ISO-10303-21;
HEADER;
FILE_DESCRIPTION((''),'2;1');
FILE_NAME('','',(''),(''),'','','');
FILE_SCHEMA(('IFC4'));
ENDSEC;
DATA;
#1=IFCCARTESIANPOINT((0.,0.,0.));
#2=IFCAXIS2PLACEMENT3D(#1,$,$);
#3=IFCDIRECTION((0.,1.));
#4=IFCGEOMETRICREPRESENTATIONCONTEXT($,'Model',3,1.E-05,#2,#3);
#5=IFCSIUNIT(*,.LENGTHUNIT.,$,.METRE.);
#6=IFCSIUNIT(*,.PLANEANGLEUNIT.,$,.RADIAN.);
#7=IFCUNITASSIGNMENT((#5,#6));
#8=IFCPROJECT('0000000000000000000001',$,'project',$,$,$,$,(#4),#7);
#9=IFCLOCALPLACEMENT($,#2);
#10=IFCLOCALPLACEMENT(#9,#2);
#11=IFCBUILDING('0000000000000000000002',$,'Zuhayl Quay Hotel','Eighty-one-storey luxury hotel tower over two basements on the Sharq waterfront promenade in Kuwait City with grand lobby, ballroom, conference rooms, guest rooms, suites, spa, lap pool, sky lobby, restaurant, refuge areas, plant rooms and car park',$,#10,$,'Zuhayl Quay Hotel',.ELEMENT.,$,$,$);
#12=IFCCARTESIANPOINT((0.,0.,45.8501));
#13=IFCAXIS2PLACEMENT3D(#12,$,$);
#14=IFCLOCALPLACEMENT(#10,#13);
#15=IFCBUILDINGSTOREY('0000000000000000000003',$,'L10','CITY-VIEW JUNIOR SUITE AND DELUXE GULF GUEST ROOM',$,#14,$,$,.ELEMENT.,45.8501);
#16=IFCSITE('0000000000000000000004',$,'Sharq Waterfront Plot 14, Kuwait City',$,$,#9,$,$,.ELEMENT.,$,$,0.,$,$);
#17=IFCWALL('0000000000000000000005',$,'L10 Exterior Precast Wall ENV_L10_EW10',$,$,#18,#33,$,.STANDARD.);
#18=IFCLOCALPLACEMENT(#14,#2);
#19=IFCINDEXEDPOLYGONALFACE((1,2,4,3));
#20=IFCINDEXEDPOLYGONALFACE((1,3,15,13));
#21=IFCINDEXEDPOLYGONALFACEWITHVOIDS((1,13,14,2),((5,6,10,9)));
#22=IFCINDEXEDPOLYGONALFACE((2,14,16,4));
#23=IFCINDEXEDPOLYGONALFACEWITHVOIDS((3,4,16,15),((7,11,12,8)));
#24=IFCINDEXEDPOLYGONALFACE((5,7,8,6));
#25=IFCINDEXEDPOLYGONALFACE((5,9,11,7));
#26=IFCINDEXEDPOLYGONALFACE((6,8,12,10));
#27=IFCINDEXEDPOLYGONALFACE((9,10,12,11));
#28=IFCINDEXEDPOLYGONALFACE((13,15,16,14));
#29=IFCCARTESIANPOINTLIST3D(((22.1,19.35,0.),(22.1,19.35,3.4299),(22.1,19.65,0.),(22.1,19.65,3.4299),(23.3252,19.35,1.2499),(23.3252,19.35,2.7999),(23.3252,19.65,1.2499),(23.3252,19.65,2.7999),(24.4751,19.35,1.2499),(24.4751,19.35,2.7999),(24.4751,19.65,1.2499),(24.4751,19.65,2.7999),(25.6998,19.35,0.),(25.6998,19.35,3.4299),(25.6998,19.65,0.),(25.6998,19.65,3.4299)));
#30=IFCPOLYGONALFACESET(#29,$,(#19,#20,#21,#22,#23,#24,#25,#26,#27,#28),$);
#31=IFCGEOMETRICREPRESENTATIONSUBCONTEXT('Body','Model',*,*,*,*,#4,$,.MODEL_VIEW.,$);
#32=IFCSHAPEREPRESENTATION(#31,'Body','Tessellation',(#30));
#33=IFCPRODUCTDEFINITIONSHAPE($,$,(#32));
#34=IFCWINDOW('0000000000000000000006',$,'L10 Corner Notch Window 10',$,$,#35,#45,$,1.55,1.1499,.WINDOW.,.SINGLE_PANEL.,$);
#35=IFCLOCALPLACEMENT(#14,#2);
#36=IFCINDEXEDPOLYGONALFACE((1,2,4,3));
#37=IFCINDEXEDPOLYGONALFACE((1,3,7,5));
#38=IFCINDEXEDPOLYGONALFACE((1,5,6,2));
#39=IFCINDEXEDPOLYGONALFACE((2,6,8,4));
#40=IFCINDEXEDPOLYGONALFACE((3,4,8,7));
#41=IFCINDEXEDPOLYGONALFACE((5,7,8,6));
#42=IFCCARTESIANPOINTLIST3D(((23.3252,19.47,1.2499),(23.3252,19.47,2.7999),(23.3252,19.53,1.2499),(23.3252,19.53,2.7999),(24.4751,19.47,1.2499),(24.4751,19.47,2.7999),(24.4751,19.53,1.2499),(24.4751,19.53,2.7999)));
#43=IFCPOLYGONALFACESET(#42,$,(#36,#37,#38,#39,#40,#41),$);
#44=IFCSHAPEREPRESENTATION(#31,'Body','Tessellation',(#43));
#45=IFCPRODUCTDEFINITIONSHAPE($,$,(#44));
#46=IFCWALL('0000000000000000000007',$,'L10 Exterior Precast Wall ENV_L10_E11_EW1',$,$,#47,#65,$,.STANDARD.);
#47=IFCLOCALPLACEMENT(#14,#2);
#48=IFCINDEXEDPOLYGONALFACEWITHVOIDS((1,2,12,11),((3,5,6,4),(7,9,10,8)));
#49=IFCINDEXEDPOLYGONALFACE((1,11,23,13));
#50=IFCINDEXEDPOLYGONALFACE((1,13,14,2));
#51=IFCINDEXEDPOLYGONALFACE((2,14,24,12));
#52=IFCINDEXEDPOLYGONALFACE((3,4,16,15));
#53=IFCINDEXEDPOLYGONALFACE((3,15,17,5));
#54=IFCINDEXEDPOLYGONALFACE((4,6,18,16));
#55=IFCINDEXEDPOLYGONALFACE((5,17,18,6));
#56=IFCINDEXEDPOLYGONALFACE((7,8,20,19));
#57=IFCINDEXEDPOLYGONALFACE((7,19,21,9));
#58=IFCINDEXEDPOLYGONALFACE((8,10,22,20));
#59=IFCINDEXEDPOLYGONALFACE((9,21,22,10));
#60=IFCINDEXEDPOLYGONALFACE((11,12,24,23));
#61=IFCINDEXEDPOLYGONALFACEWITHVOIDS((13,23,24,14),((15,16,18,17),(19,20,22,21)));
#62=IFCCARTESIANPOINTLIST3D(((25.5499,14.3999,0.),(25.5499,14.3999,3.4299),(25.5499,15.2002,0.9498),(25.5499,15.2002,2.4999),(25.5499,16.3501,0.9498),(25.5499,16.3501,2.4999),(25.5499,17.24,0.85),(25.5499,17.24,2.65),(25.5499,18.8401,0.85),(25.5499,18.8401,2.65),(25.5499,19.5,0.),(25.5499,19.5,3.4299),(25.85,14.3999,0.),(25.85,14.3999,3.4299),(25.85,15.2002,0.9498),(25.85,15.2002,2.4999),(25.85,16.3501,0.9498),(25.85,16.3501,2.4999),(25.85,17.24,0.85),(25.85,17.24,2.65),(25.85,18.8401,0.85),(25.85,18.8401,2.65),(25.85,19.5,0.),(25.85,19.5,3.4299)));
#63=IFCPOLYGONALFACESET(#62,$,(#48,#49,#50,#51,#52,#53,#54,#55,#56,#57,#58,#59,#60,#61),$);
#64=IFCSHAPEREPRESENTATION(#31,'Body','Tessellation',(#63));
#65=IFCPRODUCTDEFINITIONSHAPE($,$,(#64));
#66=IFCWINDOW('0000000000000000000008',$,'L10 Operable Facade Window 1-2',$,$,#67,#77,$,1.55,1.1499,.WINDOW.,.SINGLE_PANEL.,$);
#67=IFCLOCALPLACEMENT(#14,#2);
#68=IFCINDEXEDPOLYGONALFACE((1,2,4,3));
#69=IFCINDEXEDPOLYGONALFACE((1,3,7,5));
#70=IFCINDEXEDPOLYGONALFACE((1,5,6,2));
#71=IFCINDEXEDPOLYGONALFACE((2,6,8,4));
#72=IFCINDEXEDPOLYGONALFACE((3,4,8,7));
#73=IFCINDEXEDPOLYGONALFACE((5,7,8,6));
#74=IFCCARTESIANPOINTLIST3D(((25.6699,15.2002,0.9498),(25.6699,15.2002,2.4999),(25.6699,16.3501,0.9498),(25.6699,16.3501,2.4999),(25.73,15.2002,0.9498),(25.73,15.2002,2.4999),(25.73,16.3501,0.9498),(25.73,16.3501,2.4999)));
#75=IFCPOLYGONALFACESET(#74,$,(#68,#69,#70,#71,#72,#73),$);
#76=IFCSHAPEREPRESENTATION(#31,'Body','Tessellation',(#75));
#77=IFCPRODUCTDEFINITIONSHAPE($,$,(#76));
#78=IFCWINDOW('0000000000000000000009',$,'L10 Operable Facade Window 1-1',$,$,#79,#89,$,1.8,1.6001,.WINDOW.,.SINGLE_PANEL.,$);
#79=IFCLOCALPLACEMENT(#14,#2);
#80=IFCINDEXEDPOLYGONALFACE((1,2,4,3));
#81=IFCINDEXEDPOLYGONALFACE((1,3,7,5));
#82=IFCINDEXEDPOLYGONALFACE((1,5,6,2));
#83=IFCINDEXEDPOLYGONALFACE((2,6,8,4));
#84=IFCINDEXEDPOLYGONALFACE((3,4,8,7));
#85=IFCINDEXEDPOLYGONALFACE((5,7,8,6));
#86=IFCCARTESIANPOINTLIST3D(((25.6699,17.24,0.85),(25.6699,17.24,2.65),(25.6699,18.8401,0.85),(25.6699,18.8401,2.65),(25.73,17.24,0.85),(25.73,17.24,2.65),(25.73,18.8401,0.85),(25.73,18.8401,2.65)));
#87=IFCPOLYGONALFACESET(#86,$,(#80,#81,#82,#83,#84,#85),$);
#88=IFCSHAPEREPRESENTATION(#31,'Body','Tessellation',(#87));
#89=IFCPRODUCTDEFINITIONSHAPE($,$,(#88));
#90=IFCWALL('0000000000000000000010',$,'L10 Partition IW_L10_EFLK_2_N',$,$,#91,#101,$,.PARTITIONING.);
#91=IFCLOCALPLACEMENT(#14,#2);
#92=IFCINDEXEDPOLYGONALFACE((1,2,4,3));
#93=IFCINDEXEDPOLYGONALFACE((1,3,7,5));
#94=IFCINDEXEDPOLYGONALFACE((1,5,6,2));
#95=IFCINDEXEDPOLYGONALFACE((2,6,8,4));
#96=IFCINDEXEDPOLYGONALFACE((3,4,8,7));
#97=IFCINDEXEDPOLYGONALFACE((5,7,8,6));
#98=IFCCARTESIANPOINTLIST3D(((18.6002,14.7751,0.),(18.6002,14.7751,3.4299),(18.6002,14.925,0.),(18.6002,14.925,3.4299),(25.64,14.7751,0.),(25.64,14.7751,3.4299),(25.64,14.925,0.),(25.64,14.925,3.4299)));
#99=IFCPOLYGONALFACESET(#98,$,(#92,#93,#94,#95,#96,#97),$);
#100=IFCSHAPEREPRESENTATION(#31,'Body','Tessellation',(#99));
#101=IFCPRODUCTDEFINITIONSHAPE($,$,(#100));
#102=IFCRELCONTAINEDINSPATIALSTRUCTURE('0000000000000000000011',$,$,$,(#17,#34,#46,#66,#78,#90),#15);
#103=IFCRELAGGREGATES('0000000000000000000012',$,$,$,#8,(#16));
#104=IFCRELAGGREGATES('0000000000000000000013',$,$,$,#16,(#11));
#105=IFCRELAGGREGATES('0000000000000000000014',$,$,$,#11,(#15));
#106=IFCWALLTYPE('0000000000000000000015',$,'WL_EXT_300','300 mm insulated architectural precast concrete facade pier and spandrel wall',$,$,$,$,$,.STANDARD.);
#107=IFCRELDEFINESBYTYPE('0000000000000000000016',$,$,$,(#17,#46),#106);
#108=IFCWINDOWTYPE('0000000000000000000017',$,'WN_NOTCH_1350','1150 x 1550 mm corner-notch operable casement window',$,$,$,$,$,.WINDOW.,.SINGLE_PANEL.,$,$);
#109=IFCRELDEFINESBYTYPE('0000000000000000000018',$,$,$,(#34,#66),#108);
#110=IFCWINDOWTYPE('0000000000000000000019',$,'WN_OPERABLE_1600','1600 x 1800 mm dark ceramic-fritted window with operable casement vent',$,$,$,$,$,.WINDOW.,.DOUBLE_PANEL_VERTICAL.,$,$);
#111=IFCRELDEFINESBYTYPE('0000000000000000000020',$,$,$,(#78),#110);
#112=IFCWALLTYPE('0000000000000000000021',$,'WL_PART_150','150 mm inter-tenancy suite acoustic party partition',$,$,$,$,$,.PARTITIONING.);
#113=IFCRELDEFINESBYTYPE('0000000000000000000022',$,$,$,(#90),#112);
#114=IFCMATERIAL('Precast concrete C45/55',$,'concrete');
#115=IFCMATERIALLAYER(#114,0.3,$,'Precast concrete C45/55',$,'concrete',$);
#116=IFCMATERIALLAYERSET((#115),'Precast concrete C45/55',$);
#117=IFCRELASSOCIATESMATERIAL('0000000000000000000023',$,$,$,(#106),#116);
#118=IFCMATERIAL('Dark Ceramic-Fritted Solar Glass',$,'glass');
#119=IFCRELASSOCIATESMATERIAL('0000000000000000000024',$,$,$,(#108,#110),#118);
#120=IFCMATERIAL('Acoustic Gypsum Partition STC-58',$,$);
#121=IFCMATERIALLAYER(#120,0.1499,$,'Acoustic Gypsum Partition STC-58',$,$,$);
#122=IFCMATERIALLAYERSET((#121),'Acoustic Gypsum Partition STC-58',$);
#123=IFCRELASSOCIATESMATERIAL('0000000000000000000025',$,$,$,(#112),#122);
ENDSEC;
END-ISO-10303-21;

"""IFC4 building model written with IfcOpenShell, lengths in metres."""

from ifc_helpers import new_model, si_unit, direction, frame, frame_2d, origin, place, context, subcontext, project, spatial, rectangle, extrude, material, layer, layer_set, type_object, element, fill, save


model = new_model("IFC4")

# Units and contexts
model_context = context("Model", 3, precision=1e-05, world=origin(), true_north=direction((0.0, 1.0)))
body_context = subcontext(model_context, "Body", "Model", "MODEL_VIEW")
ifc_project = project(units=[si_unit("LENGTHUNIT", "METRE"), si_unit("PLANEANGLEUNIT", "RADIAN")], contexts=[model_context])

# Site, building, storey
site_placement = place(None, origin())
site = spatial("IfcSite", under=ifc_project, at=site_placement, Name="Sharq Waterfront Plot 14, Kuwait City", CompositionType="ELEMENT", RefElevation=0.0)
building_placement = place(site_placement, origin())
building = spatial("IfcBuilding", under=site, at=building_placement, Name="Zuhayl Quay Hotel", Description="Eighty-one-storey luxury hotel tower over two basements on the Sharq waterfront promenade in Kuwait City with grand lobby, ballroom, conference rooms, guest rooms, suites, spa, lap pool, sky lobby, restaurant, refuge areas, plant rooms and car park", LongName="Zuhayl Quay Hotel", CompositionType="ELEMENT")
storey_placement = place(building_placement, frame((0.0, 0.0, 45.8501)))
storey = spatial("IfcBuildingStorey", under=building, at=storey_placement, Name="L10", Description="CITY-VIEW JUNIOR SUITE AND DELUXE GULF GUEST ROOM", CompositionType="ELEMENT", Elevation=45.8501)

# Shared definitions
ifc_material_1 = material(Name="Dark Ceramic-Fritted Solar Glass", Category="glass")

# Shared definitions
ifc_material_2 = material(Name="Precast concrete C45/55", Category="concrete")
ifc_layer_1 = layer(ifc_material_2, 0.3, Name="Precast concrete C45/55", Category="concrete")
ifc_layer_set_1 = layer_set([ifc_layer_1], Name="Precast concrete C45/55")
wall_type_1 = type_object("IfcWallType", Name="WL_EXT_300", Description="300 mm insulated architectural precast concrete facade pier and spandrel wall", PredefinedType="STANDARD", material=ifc_layer_set_1)

# Wall, opening, window
window_type_1 = type_object("IfcWindowType", Name="WN_NOTCH_1350", Description="1150 x 1550 mm corner-notch operable casement window", PartitioningType="SINGLE_PANEL", PredefinedType="WINDOW", material=ifc_material_1)
wall_1_placement = place(storey_placement, frame((22.1001, 19.5, 0.0), z_axis=(0.0, 0.0, 1.0), x_axis=(1.0, 0.0, 0.0)))
wall_1 = element("IfcWall", 1, at=wall_1_placement, inside=storey, type_object=wall_type_1, Name="L10 Exterior Precast Wall ENV_L10_EW10", PredefinedType="STANDARD", context=body_context, shape_type="SweptSolid", body=[
    extrude(rectangle(XDim=3.5999, YDim=0.3, at=frame_2d((1.7998, 0.0))), origin(), (0.0, 0.0, 1.0), 3.4299),
])
opening_1_placement = place(wall_1_placement, frame((1.2251, 0.0, 1.25)))
opening_1 = element("IfcOpeningElement", 2, at=opening_1_placement, cuts=wall_1, PredefinedType="OPENING", context=body_context, shape_type="SweptSolid", body=[
    extrude(rectangle(XDim=1.1499, YDim=1.55, at=frame_2d((0.575, 0.7749))), frame((0.0, 0.1599, 0.0), z_axis=(0.0, -1.0, 0.0), x_axis=(1.0, 0.0, 0.0)), (0.0, 0.0, 1.0), 0.3201),
])
window_1_placement = place(opening_1_placement, origin())
window_1 = element("IfcWindow", 3, at=window_1_placement, inside=storey, type_object=window_type_1, Name="L10 Corner Notch Window 10", OverallHeight=1.55, OverallWidth=1.1499, PartitioningType="SINGLE_PANEL", PredefinedType="WINDOW", context=body_context, shape_type="SweptSolid", body=[
    extrude(rectangle(XDim=1.1499, YDim=1.55, at=frame_2d((0.575, 0.7749))), frame((0.0, 0.03, 0.0), z_axis=(0.0, -1.0, 0.0), x_axis=(1.0, 0.0, 0.0)), (0.0, 0.0, 1.0), 0.0601),
])
fill(opening_1, window_1)

# Wall, openings, windows
wall_2_placement = place(storey_placement, frame((25.7, 19.5, 0.0), z_axis=(0.0, 0.0, 1.0), x_axis=(0.0, -1.0, 0.0)))
wall_2 = element("IfcWall", 4, at=wall_2_placement, inside=storey, type_object=wall_type_1, Name="L10 Exterior Precast Wall ENV_L10_E11_EW1", PredefinedType="STANDARD", context=body_context, shape_type="SweptSolid", body=[
    extrude(rectangle(XDim=5.1001, YDim=0.3, at=frame_2d((2.55, 0.0))), origin(), (0.0, 0.0, 1.0), 3.4299),
])
opening_2_placement = place(wall_2_placement, frame((0.6599, 0.0, 0.8501)))
opening_2 = element("IfcOpeningElement", 5, at=opening_2_placement, cuts=wall_2, PredefinedType="OPENING", context=body_context, shape_type="SweptSolid", body=[
    extrude(rectangle(XDim=1.6001, YDim=1.8, at=frame_2d((0.8, 0.8999))), frame((0.0, 0.1599, 0.0), z_axis=(0.0, -1.0, 0.0), x_axis=(1.0, 0.0, 0.0)), (0.0, 0.0, 1.0), 0.3201),
])
opening_3_placement = place(wall_2_placement, frame((3.1499, 0.0, 0.95)))
opening_3 = element("IfcOpeningElement", 6, at=opening_3_placement, cuts=wall_2, PredefinedType="OPENING", context=body_context, shape_type="SweptSolid", body=[
    extrude(rectangle(XDim=1.1499, YDim=1.55, at=frame_2d((0.575, 0.7749))), frame((0.0, 0.1599, 0.0), z_axis=(0.0, -1.0, 0.0), x_axis=(1.0, 0.0, 0.0)), (0.0, 0.0, 1.0), 0.3201),
])
window_2_placement = place(opening_3_placement, origin())
window_2 = element("IfcWindow", 7, at=window_2_placement, inside=storey, type_object=window_type_1, Name="L10 Operable Facade Window 1-2", OverallHeight=1.55, OverallWidth=1.1499, PartitioningType="SINGLE_PANEL", PredefinedType="WINDOW", context=body_context, shape_type="SweptSolid", body=[
    extrude(rectangle(XDim=1.1499, YDim=1.55, at=frame_2d((0.575, 0.7749))), frame((0.0, 0.03, 0.0), z_axis=(0.0, -1.0, 0.0), x_axis=(1.0, 0.0, 0.0)), (0.0, 0.0, 1.0), 0.0601),
])
fill(opening_3, window_2)
window_type_2 = type_object("IfcWindowType", Name="WN_OPERABLE_1600", Description="1600 x 1800 mm dark ceramic-fritted window with operable casement vent", PartitioningType="DOUBLE_PANEL_VERTICAL", PredefinedType="WINDOW", material=ifc_material_1)
window_3_placement = place(opening_2_placement, origin())
window_3 = element("IfcWindow", 8, at=window_3_placement, inside=storey, type_object=window_type_2, Name="L10 Operable Facade Window 1-1", OverallHeight=1.8, OverallWidth=1.6001, PartitioningType="SINGLE_PANEL", PredefinedType="WINDOW", context=body_context, shape_type="SweptSolid", body=[
    extrude(rectangle(XDim=1.6001, YDim=1.8, at=frame_2d((0.8, 0.8999))), frame((0.0, 0.03, 0.0), z_axis=(0.0, -1.0, 0.0), x_axis=(1.0, 0.0, 0.0)), (0.0, 0.0, 1.0), 0.0601),
])
fill(opening_2, window_3)

# Wall
ifc_material_3 = material(Name="Acoustic Gypsum Partition STC-58")
ifc_layer_2 = layer(ifc_material_3, 0.1499, Name="Acoustic Gypsum Partition STC-58")
ifc_layer_set_2 = layer_set([ifc_layer_2], Name="Acoustic Gypsum Partition STC-58")
wall_type_2 = type_object("IfcWallType", Name="WL_PART_150", Description="150 mm inter-tenancy suite acoustic party partition", PredefinedType="PARTITIONING", material=ifc_layer_set_2)
wall_3_placement = place(storey_placement, frame((18.6001, 14.8501, 0.0), z_axis=(0.0, 0.0, 1.0), x_axis=(1.0, 0.0, 0.0)))
element("IfcWall", 9, at=wall_3_placement, inside=storey, type_object=wall_type_2, Name="L10 Partition IW_L10_EFLK_2_N", PredefinedType="PARTITIONING", context=body_context, shape_type="SweptSolid", body=[
    extrude(rectangle(XDim=7.0398, YDim=0.1499, at=frame_2d((3.52, 0.0))), origin(), (0.0, 0.0, 1.0), 3.4299),
])

save(model, "model.ifc")
